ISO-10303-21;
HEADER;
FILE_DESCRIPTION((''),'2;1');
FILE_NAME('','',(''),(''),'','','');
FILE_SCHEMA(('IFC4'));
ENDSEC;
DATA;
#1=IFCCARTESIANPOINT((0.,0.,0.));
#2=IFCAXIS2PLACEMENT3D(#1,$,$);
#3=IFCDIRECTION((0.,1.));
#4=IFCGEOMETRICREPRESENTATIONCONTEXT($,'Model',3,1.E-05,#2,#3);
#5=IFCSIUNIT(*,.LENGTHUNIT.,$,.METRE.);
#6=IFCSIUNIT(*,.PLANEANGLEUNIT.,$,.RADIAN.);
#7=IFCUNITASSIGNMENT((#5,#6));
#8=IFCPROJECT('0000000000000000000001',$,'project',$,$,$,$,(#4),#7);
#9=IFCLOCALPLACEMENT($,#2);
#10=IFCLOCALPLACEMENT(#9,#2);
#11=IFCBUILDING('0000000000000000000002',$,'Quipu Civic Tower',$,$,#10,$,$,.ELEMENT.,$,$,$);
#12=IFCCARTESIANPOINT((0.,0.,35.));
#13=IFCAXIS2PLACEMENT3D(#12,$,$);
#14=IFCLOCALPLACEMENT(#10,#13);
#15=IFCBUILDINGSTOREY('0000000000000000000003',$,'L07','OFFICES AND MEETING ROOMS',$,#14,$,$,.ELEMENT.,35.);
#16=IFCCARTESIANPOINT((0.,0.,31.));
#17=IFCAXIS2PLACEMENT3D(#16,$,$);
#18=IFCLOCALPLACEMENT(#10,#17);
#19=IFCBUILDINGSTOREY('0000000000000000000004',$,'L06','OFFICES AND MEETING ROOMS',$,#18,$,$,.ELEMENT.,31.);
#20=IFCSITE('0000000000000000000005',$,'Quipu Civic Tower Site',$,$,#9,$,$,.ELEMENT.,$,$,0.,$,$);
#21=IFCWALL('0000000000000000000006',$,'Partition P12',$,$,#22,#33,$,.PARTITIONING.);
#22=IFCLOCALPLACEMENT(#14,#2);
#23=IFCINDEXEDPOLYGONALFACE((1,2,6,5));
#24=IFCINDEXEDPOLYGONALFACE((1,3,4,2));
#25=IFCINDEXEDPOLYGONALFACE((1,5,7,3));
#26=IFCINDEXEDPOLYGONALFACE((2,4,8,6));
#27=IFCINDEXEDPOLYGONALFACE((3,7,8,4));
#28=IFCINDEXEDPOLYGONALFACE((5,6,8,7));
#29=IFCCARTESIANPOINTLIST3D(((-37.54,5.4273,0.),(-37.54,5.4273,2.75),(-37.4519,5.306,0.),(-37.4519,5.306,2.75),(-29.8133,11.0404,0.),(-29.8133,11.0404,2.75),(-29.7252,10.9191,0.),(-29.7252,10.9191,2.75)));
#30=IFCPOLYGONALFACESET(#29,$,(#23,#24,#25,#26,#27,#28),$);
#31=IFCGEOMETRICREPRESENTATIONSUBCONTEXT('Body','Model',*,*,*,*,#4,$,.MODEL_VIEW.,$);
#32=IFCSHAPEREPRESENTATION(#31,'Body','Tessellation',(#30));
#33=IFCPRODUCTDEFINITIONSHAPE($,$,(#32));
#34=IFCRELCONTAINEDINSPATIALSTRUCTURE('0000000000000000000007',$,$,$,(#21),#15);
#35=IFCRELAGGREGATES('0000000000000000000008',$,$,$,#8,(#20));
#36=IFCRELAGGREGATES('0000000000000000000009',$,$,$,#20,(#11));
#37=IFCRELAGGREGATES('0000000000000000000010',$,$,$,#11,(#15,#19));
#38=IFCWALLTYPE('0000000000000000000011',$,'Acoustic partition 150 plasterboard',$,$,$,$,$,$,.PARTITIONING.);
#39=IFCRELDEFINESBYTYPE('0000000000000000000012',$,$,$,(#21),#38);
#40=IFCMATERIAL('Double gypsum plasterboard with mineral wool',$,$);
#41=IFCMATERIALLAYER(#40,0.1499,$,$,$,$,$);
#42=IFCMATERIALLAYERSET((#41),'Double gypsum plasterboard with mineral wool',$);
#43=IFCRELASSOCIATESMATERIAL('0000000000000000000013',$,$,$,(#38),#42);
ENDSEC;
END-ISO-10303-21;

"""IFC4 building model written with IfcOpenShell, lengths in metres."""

from ifc_helpers import new_model, si_unit, direction, frame, frame_2d, origin, place, context, subcontext, project, spatial, rectangle, extrude, material, layer, layer_set, type_object, element, save


model = new_model("IFC4")

# Units and contexts
model_context = context("Model", 3, precision=1e-05, world=origin(), true_north=direction((0.0, 1.0)))
body_context = subcontext(model_context, "Body", "Model", "MODEL_VIEW")
ifc_project = project(units=[si_unit("LENGTHUNIT", "METRE"), si_unit("PLANEANGLEUNIT", "RADIAN")], contexts=[model_context])

# Site, building, storey
site_placement = place(None, origin())
site = spatial("IfcSite", under=ifc_project, at=site_placement, Name="Quipu Civic Tower Site", CompositionType="ELEMENT", RefElevation=0.0)
building_placement = place(site_placement, origin())
building = spatial("IfcBuilding", under=site, at=building_placement, Name="Quipu Civic Tower", CompositionType="ELEMENT")
storey_1_placement = place(building_placement, frame((0.0, 0.0, 35.0)))
storey_1 = spatial("IfcBuildingStorey", under=building, at=storey_1_placement, Name="L07", Description="OFFICES AND MEETING ROOMS", CompositionType="ELEMENT", Elevation=35.0)

# Shared definitions
storey_2_placement = place(building_placement, frame((0.0, 0.0, 31.0)))
storey_2 = spatial("IfcBuildingStorey", under=building, at=storey_2_placement, Name="L06", Description="OFFICES AND MEETING ROOMS", CompositionType="ELEMENT", Elevation=31.0)

# Wall
ifc_material_1 = material(Name="Double gypsum plasterboard with mineral wool")
ifc_layer_1 = layer(ifc_material_1, 0.1499)
ifc_layer_set_1 = layer_set([ifc_layer_1], Name="Double gypsum plasterboard with mineral wool")
wall_type = type_object("IfcWallType", Name="Acoustic partition 150 plasterboard", PredefinedType="PARTITIONING", material=ifc_layer_set_1)
wall_placement = place(storey_1_placement, frame((-29.7693, 10.9797, 0.0), z_axis=(0.0, 0.0, 1.0), x_axis=(-0.809049, -0.587741, 0.0)))
element("IfcWall", 1, at=wall_placement, inside=storey_1, type_object=wall_type, Name="Partition P12", PredefinedType="PARTITIONING", context=body_context, shape_type="SweptSolid", body=[
    extrude(rectangle(XDim=9.5503, YDim=0.1499, at=frame_2d((4.7751, 0.0))), origin(), (0.0, 0.0, 1.0), 2.75),
])

save(model, "model.ifc")
